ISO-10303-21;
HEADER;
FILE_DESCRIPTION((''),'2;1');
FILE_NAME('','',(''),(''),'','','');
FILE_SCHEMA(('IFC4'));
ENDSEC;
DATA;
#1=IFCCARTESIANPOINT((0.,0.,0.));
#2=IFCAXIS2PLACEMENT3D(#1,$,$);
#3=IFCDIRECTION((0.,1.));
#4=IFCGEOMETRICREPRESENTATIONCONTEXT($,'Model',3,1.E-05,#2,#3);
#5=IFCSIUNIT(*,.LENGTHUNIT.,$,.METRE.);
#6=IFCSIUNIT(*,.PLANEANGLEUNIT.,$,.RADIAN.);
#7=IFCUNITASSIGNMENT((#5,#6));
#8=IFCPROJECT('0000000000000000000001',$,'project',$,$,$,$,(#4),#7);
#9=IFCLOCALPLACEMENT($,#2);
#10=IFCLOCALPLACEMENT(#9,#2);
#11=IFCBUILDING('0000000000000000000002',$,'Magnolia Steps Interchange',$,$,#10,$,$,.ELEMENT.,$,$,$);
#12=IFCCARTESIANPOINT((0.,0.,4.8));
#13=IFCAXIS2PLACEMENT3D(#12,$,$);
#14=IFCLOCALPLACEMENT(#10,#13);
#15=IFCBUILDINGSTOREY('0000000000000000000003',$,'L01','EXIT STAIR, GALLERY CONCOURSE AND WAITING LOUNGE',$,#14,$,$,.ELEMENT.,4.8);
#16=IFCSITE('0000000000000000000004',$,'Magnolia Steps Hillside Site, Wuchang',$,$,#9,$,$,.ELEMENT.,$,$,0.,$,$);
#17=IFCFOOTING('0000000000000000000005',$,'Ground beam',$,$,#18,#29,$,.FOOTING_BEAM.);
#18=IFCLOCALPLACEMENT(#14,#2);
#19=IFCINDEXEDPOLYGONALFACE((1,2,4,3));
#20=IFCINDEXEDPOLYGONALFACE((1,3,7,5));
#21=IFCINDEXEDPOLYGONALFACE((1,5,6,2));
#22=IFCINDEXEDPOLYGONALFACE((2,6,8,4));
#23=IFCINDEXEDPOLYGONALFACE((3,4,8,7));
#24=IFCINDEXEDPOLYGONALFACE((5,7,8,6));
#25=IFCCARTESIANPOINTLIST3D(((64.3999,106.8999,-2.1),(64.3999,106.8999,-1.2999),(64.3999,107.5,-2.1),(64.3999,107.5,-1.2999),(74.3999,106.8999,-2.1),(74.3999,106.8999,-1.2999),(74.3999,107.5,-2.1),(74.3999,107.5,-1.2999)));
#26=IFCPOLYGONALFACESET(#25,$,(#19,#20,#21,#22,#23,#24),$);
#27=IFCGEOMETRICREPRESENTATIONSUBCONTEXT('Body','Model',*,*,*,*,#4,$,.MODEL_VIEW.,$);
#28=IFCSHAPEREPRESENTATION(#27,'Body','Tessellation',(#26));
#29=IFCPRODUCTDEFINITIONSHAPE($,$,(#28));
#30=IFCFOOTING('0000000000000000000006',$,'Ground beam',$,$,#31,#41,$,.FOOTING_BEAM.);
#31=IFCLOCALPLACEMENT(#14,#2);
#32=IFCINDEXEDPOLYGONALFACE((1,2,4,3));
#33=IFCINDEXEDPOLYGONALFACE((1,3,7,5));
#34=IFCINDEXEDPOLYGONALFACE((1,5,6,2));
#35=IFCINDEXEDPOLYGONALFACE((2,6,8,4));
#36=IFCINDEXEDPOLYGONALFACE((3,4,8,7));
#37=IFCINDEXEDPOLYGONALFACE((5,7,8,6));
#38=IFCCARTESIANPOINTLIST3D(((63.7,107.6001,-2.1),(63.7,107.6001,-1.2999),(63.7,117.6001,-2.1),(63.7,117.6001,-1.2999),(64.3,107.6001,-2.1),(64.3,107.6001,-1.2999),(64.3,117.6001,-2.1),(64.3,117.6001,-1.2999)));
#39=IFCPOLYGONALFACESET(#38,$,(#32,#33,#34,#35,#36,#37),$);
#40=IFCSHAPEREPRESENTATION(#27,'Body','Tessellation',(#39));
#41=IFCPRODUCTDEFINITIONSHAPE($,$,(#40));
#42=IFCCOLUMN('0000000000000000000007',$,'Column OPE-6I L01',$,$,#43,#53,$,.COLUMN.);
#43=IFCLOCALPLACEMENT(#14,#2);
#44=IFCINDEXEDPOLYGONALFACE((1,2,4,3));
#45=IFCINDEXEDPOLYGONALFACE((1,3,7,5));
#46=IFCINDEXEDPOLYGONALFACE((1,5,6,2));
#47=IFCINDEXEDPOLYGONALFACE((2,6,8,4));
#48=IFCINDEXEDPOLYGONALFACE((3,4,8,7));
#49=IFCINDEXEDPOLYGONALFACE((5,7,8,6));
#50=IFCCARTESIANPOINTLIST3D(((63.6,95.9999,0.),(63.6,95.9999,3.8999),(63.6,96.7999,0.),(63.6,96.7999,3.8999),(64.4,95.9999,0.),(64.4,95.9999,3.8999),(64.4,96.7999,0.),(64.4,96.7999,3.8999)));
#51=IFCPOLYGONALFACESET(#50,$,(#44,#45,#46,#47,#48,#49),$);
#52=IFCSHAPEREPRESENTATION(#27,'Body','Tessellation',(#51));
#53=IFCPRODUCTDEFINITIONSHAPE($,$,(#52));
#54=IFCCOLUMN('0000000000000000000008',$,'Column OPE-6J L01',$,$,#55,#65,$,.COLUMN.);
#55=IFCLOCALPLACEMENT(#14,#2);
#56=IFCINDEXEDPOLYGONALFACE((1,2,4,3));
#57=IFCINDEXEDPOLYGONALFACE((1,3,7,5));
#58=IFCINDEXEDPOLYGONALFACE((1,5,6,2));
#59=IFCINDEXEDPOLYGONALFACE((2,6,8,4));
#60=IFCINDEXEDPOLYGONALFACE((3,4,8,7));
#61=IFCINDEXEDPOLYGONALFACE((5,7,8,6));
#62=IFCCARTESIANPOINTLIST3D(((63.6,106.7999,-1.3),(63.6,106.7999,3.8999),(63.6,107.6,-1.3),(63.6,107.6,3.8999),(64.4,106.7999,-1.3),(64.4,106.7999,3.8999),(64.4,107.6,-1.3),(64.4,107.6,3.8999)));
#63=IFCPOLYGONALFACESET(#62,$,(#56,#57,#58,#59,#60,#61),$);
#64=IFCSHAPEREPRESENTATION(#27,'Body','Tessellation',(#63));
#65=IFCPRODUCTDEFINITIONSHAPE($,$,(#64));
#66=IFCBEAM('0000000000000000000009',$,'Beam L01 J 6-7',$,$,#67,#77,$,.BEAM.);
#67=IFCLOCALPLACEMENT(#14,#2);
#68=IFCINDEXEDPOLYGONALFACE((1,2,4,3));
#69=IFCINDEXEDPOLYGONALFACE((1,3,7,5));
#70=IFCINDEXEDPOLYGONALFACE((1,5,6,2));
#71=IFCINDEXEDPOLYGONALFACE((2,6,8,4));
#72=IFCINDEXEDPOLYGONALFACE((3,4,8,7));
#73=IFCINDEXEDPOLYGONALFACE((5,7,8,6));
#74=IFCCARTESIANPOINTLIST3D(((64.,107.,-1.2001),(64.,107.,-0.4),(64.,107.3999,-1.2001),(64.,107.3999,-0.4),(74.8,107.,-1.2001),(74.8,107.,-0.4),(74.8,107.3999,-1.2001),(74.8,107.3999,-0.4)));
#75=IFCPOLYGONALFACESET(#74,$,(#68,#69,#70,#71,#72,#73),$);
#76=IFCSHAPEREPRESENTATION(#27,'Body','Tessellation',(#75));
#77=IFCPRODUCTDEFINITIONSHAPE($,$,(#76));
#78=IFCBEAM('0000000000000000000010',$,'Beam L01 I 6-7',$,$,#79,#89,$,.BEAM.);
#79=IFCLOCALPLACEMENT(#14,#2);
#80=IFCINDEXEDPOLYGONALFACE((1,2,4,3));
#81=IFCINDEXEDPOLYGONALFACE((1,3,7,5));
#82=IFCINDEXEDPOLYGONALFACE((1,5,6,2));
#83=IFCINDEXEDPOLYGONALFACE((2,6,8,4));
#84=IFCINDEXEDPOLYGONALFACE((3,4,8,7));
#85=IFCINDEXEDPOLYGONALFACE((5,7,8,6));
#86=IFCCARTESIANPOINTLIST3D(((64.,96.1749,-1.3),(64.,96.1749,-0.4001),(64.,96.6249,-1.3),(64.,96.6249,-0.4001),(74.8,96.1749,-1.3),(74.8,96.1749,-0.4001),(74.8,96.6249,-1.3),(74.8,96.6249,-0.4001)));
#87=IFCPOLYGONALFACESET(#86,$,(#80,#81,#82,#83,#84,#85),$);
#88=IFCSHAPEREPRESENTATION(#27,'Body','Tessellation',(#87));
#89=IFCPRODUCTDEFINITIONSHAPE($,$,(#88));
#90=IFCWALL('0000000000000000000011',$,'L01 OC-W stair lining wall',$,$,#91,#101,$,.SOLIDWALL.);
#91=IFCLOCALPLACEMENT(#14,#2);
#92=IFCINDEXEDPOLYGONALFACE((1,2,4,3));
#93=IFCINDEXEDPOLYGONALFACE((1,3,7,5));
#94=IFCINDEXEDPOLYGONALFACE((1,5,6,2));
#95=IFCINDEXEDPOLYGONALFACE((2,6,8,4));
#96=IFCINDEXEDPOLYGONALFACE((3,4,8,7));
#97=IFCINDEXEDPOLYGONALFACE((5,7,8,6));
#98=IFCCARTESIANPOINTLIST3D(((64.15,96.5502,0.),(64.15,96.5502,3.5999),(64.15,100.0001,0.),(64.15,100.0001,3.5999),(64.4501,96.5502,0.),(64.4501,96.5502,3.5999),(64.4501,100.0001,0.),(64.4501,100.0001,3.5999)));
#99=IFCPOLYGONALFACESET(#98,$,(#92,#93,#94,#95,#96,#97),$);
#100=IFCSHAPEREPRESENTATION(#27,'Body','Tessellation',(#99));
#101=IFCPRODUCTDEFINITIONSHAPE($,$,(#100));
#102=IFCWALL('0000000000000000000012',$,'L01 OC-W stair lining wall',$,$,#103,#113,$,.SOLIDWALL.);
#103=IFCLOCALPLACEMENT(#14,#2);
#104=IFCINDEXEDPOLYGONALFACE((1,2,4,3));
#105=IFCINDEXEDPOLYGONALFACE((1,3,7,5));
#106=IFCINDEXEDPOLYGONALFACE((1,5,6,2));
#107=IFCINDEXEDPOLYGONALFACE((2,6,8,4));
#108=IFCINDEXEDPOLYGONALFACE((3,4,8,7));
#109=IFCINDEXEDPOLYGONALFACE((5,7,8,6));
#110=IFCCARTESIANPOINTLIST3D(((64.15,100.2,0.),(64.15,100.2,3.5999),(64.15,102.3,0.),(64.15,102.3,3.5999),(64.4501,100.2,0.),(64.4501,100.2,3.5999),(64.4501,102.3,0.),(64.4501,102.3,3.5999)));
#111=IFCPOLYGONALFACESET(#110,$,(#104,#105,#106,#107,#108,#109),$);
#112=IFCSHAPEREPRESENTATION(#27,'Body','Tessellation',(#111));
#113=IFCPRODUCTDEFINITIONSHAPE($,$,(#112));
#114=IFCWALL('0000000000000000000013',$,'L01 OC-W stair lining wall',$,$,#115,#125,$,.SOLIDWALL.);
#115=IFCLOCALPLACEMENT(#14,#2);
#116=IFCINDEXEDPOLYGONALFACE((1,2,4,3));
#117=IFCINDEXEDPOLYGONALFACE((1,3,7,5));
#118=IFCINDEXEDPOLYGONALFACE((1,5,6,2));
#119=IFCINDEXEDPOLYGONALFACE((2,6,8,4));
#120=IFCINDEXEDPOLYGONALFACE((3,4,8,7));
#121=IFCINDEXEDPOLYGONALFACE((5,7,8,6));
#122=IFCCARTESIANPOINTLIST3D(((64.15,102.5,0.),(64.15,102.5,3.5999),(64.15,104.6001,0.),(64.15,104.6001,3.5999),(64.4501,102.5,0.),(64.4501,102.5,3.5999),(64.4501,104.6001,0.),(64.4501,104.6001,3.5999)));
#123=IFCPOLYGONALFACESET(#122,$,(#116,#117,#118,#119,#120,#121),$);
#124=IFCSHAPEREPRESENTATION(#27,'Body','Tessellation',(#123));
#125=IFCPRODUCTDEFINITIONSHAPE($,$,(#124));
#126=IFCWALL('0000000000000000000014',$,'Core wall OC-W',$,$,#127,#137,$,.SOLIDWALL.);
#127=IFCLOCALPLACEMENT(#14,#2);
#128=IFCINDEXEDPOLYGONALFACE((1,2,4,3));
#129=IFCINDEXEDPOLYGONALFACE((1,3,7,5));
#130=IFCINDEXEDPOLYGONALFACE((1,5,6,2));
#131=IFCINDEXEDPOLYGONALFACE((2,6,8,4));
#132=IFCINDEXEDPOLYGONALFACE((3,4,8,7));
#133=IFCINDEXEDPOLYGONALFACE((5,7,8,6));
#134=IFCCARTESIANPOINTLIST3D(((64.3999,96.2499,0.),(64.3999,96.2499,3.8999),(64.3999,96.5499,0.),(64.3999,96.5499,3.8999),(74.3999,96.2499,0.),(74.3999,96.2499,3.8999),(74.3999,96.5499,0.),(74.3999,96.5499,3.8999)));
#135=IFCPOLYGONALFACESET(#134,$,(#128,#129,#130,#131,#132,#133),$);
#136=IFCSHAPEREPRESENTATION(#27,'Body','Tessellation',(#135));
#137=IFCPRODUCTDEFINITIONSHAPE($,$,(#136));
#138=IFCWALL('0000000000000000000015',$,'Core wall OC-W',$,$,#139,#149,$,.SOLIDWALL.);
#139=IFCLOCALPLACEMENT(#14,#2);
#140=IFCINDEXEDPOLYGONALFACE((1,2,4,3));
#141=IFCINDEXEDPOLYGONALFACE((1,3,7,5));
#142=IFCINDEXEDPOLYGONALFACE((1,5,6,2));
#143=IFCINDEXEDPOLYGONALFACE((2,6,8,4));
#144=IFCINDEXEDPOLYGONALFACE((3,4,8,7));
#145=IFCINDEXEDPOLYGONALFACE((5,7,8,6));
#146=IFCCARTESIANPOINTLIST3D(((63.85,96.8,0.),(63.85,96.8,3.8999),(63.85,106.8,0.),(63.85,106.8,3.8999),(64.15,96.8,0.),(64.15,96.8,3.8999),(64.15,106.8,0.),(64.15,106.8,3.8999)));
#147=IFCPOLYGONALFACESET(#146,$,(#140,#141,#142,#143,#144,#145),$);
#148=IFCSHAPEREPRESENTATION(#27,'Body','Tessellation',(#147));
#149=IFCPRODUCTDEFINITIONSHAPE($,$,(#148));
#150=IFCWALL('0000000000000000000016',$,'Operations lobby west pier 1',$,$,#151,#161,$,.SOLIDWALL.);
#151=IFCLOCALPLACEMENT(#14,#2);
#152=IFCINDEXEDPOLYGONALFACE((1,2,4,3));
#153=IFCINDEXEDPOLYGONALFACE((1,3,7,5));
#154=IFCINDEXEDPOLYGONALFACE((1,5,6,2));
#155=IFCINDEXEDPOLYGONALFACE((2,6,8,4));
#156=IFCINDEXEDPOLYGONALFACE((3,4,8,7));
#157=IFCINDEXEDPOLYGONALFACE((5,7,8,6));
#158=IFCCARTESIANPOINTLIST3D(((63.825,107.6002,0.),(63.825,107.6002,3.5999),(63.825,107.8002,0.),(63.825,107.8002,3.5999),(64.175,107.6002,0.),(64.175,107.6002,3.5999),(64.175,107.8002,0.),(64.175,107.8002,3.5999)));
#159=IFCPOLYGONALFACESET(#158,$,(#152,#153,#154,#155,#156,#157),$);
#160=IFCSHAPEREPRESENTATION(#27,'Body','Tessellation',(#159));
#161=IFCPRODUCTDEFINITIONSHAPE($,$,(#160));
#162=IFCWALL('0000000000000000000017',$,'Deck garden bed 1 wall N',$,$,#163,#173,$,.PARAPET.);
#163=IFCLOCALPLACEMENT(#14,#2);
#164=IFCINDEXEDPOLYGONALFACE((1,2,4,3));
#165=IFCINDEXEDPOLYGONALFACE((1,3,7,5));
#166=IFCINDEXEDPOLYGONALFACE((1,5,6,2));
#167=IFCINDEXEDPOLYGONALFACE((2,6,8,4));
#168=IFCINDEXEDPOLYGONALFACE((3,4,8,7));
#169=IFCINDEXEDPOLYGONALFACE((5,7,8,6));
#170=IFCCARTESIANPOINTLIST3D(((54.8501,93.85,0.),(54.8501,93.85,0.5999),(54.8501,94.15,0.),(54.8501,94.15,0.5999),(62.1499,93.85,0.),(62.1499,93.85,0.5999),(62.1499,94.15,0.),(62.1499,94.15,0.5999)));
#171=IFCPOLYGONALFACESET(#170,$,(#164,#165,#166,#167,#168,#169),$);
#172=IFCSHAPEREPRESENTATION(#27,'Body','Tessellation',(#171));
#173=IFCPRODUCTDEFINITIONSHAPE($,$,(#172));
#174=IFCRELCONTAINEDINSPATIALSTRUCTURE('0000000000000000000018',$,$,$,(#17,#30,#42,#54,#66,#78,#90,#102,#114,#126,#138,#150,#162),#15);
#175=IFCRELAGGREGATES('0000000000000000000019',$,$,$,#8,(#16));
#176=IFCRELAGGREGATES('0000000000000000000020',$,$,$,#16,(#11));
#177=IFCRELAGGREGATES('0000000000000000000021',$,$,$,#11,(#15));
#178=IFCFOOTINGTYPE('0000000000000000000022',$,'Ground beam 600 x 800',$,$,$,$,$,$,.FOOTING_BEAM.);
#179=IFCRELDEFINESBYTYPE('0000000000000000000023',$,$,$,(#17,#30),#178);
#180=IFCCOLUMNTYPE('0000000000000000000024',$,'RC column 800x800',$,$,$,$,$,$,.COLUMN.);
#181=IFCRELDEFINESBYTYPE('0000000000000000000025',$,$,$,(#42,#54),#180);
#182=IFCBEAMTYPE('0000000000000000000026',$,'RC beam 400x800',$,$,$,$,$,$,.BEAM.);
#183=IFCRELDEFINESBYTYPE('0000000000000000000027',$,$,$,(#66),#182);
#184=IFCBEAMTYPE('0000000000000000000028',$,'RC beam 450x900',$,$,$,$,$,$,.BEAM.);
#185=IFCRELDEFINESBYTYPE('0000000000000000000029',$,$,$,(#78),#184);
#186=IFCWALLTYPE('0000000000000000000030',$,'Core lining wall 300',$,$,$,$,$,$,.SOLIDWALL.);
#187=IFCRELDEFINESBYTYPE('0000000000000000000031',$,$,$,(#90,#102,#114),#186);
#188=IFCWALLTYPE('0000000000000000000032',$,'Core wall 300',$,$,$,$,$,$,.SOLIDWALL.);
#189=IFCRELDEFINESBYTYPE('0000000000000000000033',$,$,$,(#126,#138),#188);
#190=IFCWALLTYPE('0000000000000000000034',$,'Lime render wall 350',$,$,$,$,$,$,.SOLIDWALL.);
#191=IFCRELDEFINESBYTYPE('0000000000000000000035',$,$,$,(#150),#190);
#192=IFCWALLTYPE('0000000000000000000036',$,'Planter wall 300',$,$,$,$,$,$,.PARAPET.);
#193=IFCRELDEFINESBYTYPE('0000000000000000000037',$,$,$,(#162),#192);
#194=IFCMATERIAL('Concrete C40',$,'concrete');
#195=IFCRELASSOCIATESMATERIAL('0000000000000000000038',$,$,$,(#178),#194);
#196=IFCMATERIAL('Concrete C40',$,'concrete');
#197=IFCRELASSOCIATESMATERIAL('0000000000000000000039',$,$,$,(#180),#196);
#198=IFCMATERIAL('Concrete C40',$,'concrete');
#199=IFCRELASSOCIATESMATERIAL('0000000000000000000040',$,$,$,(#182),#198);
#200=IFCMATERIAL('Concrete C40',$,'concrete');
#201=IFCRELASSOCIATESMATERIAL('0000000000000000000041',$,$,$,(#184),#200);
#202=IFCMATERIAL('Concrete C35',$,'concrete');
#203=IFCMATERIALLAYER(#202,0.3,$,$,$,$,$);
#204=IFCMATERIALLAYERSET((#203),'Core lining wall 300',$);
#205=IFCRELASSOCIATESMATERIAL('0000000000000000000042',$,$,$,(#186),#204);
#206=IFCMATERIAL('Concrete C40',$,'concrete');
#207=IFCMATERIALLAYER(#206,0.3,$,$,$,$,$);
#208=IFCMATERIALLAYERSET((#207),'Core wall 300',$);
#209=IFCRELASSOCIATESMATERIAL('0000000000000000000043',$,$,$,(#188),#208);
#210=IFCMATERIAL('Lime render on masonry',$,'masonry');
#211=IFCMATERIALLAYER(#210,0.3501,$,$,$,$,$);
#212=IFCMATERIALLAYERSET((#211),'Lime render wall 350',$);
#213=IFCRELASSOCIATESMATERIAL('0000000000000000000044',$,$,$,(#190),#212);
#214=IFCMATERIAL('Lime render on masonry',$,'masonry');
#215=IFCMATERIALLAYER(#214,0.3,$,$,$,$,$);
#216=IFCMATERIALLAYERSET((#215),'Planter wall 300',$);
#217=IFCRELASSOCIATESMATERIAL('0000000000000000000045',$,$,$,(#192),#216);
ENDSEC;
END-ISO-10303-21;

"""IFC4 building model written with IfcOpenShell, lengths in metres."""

from ifc_helpers import new_model, si_unit, direction, frame, frame_2d, origin, origin_2d, place, context, subcontext, project, spatial, rectangle, extrude, material, layer, layer_set, material_profile, profile_set, type_object, element, save


model = new_model("IFC4")

# Units and contexts
model_context = context("Model", 3, precision=1e-05, world=origin(), true_north=direction((0.0, 1.0)))
body_context = subcontext(model_context, "Body", "Model", "MODEL_VIEW")
ifc_project = project(units=[si_unit("LENGTHUNIT", "METRE"), si_unit("PLANEANGLEUNIT", "RADIAN")], contexts=[model_context])

# Site, building, storey
site_placement = place(None, origin())
site = spatial("IfcSite", under=ifc_project, at=site_placement, Name="Magnolia Steps Hillside Site, Wuchang", CompositionType="ELEMENT", RefElevation=0.0)
building_placement = place(site_placement, origin())
building = spatial("IfcBuilding", under=site, at=building_placement, Name="Magnolia Steps Interchange", CompositionType="ELEMENT")
storey_placement = place(building_placement, frame((0.0, 0.0, 4.8)))
storey = spatial("IfcBuildingStorey", under=building, at=storey_placement, Name="L01", Description="EXIT STAIR, GALLERY CONCOURSE AND WAITING LOUNGE", CompositionType="ELEMENT", Elevation=4.8)

# Footings
ifc_material_1 = material(Name="Concrete C40", Category="concrete")
ifc_material_profile_1 = material_profile(ifc_material_1, rectangle(XDim=0.6001, YDim=0.8, at=origin_2d()), Name="RC600x800")
ifc_profile_set_1 = profile_set([ifc_material_profile_1], Name="Concrete C40")
footing_type = type_object("IfcFootingType", Name="Ground beam 600 x 800", PredefinedType="FOOTING_BEAM", material=ifc_profile_set_1)
for number, where, z_axis, x_axis, name in (
    (1, (64.3999, 107.2, -1.7), (1.0, 0.0, 0.0), (0.0, 1.0, 0.0), "Ground beam"),
    (2, (64.0, 107.6001, -1.7), (0.0, 1.0, 0.0), (-1.0, 0.0, 0.0), "Ground beam"),
):
    element("IfcFooting", number, at=place(storey_placement, frame(where, z_axis=z_axis, x_axis=x_axis)), inside=storey, type_object=footing_type, Name=name, PredefinedType="FOOTING_BEAM", context=body_context, shape_type="SweptSolid", body=[
        extrude(rectangle(XDim=0.6001, YDim=0.8, at=origin_2d()), origin(), (0.0, 0.0, 1.0), 10.0),
    ])

# Columns
ifc_material_2 = material(Name="Concrete C40", Category="concrete")
ifc_material_profile_2 = material_profile(ifc_material_2, rectangle(XDim=0.8, YDim=0.8, at=origin_2d()), Name="RC800x800")
ifc_profile_set_2 = profile_set([ifc_material_profile_2], Name="Concrete C40")
column_type = type_object("IfcColumnType", Name="RC column 800x800", PredefinedType="COLUMN", material=ifc_profile_set_2)
column_1_placement = place(storey_placement, frame((64.0, 96.3999, 0.0), z_axis=(0.0, 0.0, 1.0), x_axis=(1.0, 0.0, 0.0)))
element("IfcColumn", 3, at=column_1_placement, inside=storey, type_object=column_type, Name="Column OPE-6I L01", PredefinedType="COLUMN", context=body_context, shape_type="SweptSolid", body=[
    extrude(rectangle(XDim=0.8, YDim=0.8, at=origin_2d()), origin(), (0.0, 0.0, 1.0), 3.8999),
])
column_2_placement = place(storey_placement, frame((64.0, 107.2, -1.3), z_axis=(0.0, 0.0, 1.0), x_axis=(1.0, 0.0, 0.0)))
element("IfcColumn", 4, at=column_2_placement, inside=storey, type_object=column_type, Name="Column OPE-6J L01", PredefinedType="COLUMN", context=body_context, shape_type="SweptSolid", body=[
    extrude(rectangle(XDim=0.8, YDim=0.8, at=origin_2d()), origin(), (0.0, 0.0, 1.0), 5.2),
])

# Beams
ifc_material_3 = material(Name="Concrete C40", Category="concrete")
ifc_material_profile_3 = material_profile(ifc_material_3, rectangle(XDim=0.3999, YDim=0.8, at=origin_2d()), Name="RC400x800")
ifc_profile_set_3 = profile_set([ifc_material_profile_3], Name="Concrete C40")
beam_type_1 = type_object("IfcBeamType", Name="RC beam 400x800", PredefinedType="BEAM", material=ifc_profile_set_3)
beam_1_placement = place(storey_placement, frame((64.0, 107.2, -0.8), z_axis=(1.0, 0.0, 0.0), x_axis=(0.0, 1.0, 0.0)))
element("IfcBeam", 5, at=beam_1_placement, inside=storey, type_object=beam_type_1, Name="Beam L01 J 6-7", PredefinedType="BEAM", context=body_context, shape_type="SweptSolid", body=[
    extrude(rectangle(XDim=0.3999, YDim=0.8, at=origin_2d()), origin(), (0.0, 0.0, 1.0), 10.8),
])
ifc_material_4 = material(Name="Concrete C40", Category="concrete")
ifc_material_profile_4 = material_profile(ifc_material_4, rectangle(XDim=0.45, YDim=0.8999, at=origin_2d()), Name="RC450x900")
ifc_profile_set_4 = profile_set([ifc_material_profile_4], Name="Concrete C40")
beam_type_2 = type_object("IfcBeamType", Name="RC beam 450x900", PredefinedType="BEAM", material=ifc_profile_set_4)
beam_2_placement = place(storey_placement, frame((64.0, 96.3999, -0.8501), z_axis=(1.0, 0.0, 0.0), x_axis=(0.0, 1.0, 0.0)))
element("IfcBeam", 6, at=beam_2_placement, inside=storey, type_object=beam_type_2, Name="Beam L01 I 6-7", PredefinedType="BEAM", context=body_context, shape_type="SweptSolid", body=[
    extrude(rectangle(XDim=0.45, YDim=0.8999, at=origin_2d()), origin(), (0.0, 0.0, 1.0), 10.8),
])

# Walls
ifc_material_5 = material(Name="Concrete C35", Category="concrete")
ifc_layer_1 = layer(ifc_material_5, 0.3)
ifc_layer_set_1 = layer_set([ifc_layer_1], Name="Core lining wall 300")
wall_type_1 = type_object("IfcWallType", Name="Core lining wall 300", PredefinedType="SOLIDWALL", material=ifc_layer_set_1)
wall_1_placement = place(storey_placement, frame((64.3, 96.55, 0.0), z_axis=(0.0, 0.0, 1.0), x_axis=(0.0, 1.0, 0.0)))
element("IfcWall", 7, at=wall_1_placement, inside=storey, type_object=wall_type_1, Name="L01 OC-W stair lining wall", PredefinedType="SOLIDWALL", context=body_context, shape_type="SweptSolid", body=[
    extrude(rectangle(XDim=3.45, YDim=0.3, at=frame_2d((1.7251, 0.0))), origin(), (0.0, 0.0, 1.0), 3.5999),
])
for number, where, z_axis, x_axis, name in (
    (8, (64.3, 100.2, 0.0), (0.0, 0.0, 1.0), (0.0, 1.0, 0.0), "L01 OC-W stair lining wall"),
    (9, (64.3, 102.5, 0.0), (0.0, 0.0, 1.0), (0.0, 1.0, 0.0), "L01 OC-W stair lining wall"),
):
    element("IfcWall", number, at=place(storey_placement, frame(where, z_axis=z_axis, x_axis=x_axis)), inside=storey, type_object=wall_type_1, Name=name, PredefinedType="SOLIDWALL", context=body_context, shape_type="SweptSolid", body=[
        extrude(rectangle(XDim=2.1001, YDim=0.3, at=frame_2d((1.05, 0.0))), origin(), (0.0, 0.0, 1.0), 3.5999),
    ])
ifc_material_6 = material(Name="Concrete C40", Category="concrete")
ifc_layer_2 = layer(ifc_material_6, 0.3)
ifc_layer_set_2 = layer_set([ifc_layer_2], Name="Core wall 300")
wall_type_2 = type_object("IfcWallType", Name="Core wall 300", PredefinedType="SOLIDWALL", material=ifc_layer_set_2)
for number, where, z_axis, x_axis, name in (
    (10, (64.3999, 96.3999, 0.0), (0.0, 0.0, 1.0), (1.0, 0.0, 0.0), "Core wall OC-W"),
    (11, (64.0, 106.8, 0.0), (0.0, 0.0, 1.0), (0.0, -1.0, 0.0), "Core wall OC-W"),
):
    element("IfcWall", number, at=place(storey_placement, frame(where, z_axis=z_axis, x_axis=x_axis)), inside=storey, type_object=wall_type_2, Name=name, PredefinedType="SOLIDWALL", context=body_context, shape_type="SweptSolid", body=[
        extrude(rectangle(XDim=10.0, YDim=0.3, at=frame_2d((5.0, 0.0))), origin(), (0.0, 0.0, 1.0), 3.8999),
    ])
ifc_material_7 = material(Name="Lime render on masonry", Category="masonry")
ifc_layer_3 = layer(ifc_material_7, 0.3501)
ifc_layer_set_3 = layer_set([ifc_layer_3], Name="Lime render wall 350")
wall_type_3 = type_object("IfcWallType", Name="Lime render wall 350", PredefinedType="SOLIDWALL", material=ifc_layer_set_3)
wall_2_placement = place(storey_placement, frame((64.0, 107.6001, 0.0), z_axis=(0.0, 0.0, 1.0), x_axis=(0.0, 1.0, 0.0)))
element("IfcWall", 12, at=wall_2_placement, inside=storey, type_object=wall_type_3, Name="Operations lobby west pier 1", PredefinedType="SOLIDWALL", context=body_context, shape_type="SweptSolid", body=[
    extrude(rectangle(XDim=0.2, YDim=0.3501, at=frame_2d((0.1001, 0.0))), origin(), (0.0, 0.0, 1.0), 3.5999),
])
ifc_material_8 = material(Name="Lime render on masonry", Category="masonry")
ifc_layer_4 = layer(ifc_material_8, 0.3)
ifc_layer_set_4 = layer_set([ifc_layer_4], Name="Planter wall 300")
wall_type_4 = type_object("IfcWallType", Name="Planter wall 300", PredefinedType="PARAPET", material=ifc_layer_set_4)
wall_3_placement = place(storey_placement, frame((62.1499, 94.0, 0.0), z_axis=(0.0, 0.0, 1.0), x_axis=(-1.0, 0.0, 0.0)))
element("IfcWall", 13, at=wall_3_placement, inside=storey, type_object=wall_type_4, Name="Deck garden bed 1 wall N", PredefinedType="PARAPET", context=body_context, shape_type="SweptSolid", body=[
    extrude(rectangle(XDim=7.2998, YDim=0.3, at=frame_2d((3.6499, 0.0))), origin(), (0.0, 0.0, 1.0), 0.5999),
])

save(model, "model.ifc")
